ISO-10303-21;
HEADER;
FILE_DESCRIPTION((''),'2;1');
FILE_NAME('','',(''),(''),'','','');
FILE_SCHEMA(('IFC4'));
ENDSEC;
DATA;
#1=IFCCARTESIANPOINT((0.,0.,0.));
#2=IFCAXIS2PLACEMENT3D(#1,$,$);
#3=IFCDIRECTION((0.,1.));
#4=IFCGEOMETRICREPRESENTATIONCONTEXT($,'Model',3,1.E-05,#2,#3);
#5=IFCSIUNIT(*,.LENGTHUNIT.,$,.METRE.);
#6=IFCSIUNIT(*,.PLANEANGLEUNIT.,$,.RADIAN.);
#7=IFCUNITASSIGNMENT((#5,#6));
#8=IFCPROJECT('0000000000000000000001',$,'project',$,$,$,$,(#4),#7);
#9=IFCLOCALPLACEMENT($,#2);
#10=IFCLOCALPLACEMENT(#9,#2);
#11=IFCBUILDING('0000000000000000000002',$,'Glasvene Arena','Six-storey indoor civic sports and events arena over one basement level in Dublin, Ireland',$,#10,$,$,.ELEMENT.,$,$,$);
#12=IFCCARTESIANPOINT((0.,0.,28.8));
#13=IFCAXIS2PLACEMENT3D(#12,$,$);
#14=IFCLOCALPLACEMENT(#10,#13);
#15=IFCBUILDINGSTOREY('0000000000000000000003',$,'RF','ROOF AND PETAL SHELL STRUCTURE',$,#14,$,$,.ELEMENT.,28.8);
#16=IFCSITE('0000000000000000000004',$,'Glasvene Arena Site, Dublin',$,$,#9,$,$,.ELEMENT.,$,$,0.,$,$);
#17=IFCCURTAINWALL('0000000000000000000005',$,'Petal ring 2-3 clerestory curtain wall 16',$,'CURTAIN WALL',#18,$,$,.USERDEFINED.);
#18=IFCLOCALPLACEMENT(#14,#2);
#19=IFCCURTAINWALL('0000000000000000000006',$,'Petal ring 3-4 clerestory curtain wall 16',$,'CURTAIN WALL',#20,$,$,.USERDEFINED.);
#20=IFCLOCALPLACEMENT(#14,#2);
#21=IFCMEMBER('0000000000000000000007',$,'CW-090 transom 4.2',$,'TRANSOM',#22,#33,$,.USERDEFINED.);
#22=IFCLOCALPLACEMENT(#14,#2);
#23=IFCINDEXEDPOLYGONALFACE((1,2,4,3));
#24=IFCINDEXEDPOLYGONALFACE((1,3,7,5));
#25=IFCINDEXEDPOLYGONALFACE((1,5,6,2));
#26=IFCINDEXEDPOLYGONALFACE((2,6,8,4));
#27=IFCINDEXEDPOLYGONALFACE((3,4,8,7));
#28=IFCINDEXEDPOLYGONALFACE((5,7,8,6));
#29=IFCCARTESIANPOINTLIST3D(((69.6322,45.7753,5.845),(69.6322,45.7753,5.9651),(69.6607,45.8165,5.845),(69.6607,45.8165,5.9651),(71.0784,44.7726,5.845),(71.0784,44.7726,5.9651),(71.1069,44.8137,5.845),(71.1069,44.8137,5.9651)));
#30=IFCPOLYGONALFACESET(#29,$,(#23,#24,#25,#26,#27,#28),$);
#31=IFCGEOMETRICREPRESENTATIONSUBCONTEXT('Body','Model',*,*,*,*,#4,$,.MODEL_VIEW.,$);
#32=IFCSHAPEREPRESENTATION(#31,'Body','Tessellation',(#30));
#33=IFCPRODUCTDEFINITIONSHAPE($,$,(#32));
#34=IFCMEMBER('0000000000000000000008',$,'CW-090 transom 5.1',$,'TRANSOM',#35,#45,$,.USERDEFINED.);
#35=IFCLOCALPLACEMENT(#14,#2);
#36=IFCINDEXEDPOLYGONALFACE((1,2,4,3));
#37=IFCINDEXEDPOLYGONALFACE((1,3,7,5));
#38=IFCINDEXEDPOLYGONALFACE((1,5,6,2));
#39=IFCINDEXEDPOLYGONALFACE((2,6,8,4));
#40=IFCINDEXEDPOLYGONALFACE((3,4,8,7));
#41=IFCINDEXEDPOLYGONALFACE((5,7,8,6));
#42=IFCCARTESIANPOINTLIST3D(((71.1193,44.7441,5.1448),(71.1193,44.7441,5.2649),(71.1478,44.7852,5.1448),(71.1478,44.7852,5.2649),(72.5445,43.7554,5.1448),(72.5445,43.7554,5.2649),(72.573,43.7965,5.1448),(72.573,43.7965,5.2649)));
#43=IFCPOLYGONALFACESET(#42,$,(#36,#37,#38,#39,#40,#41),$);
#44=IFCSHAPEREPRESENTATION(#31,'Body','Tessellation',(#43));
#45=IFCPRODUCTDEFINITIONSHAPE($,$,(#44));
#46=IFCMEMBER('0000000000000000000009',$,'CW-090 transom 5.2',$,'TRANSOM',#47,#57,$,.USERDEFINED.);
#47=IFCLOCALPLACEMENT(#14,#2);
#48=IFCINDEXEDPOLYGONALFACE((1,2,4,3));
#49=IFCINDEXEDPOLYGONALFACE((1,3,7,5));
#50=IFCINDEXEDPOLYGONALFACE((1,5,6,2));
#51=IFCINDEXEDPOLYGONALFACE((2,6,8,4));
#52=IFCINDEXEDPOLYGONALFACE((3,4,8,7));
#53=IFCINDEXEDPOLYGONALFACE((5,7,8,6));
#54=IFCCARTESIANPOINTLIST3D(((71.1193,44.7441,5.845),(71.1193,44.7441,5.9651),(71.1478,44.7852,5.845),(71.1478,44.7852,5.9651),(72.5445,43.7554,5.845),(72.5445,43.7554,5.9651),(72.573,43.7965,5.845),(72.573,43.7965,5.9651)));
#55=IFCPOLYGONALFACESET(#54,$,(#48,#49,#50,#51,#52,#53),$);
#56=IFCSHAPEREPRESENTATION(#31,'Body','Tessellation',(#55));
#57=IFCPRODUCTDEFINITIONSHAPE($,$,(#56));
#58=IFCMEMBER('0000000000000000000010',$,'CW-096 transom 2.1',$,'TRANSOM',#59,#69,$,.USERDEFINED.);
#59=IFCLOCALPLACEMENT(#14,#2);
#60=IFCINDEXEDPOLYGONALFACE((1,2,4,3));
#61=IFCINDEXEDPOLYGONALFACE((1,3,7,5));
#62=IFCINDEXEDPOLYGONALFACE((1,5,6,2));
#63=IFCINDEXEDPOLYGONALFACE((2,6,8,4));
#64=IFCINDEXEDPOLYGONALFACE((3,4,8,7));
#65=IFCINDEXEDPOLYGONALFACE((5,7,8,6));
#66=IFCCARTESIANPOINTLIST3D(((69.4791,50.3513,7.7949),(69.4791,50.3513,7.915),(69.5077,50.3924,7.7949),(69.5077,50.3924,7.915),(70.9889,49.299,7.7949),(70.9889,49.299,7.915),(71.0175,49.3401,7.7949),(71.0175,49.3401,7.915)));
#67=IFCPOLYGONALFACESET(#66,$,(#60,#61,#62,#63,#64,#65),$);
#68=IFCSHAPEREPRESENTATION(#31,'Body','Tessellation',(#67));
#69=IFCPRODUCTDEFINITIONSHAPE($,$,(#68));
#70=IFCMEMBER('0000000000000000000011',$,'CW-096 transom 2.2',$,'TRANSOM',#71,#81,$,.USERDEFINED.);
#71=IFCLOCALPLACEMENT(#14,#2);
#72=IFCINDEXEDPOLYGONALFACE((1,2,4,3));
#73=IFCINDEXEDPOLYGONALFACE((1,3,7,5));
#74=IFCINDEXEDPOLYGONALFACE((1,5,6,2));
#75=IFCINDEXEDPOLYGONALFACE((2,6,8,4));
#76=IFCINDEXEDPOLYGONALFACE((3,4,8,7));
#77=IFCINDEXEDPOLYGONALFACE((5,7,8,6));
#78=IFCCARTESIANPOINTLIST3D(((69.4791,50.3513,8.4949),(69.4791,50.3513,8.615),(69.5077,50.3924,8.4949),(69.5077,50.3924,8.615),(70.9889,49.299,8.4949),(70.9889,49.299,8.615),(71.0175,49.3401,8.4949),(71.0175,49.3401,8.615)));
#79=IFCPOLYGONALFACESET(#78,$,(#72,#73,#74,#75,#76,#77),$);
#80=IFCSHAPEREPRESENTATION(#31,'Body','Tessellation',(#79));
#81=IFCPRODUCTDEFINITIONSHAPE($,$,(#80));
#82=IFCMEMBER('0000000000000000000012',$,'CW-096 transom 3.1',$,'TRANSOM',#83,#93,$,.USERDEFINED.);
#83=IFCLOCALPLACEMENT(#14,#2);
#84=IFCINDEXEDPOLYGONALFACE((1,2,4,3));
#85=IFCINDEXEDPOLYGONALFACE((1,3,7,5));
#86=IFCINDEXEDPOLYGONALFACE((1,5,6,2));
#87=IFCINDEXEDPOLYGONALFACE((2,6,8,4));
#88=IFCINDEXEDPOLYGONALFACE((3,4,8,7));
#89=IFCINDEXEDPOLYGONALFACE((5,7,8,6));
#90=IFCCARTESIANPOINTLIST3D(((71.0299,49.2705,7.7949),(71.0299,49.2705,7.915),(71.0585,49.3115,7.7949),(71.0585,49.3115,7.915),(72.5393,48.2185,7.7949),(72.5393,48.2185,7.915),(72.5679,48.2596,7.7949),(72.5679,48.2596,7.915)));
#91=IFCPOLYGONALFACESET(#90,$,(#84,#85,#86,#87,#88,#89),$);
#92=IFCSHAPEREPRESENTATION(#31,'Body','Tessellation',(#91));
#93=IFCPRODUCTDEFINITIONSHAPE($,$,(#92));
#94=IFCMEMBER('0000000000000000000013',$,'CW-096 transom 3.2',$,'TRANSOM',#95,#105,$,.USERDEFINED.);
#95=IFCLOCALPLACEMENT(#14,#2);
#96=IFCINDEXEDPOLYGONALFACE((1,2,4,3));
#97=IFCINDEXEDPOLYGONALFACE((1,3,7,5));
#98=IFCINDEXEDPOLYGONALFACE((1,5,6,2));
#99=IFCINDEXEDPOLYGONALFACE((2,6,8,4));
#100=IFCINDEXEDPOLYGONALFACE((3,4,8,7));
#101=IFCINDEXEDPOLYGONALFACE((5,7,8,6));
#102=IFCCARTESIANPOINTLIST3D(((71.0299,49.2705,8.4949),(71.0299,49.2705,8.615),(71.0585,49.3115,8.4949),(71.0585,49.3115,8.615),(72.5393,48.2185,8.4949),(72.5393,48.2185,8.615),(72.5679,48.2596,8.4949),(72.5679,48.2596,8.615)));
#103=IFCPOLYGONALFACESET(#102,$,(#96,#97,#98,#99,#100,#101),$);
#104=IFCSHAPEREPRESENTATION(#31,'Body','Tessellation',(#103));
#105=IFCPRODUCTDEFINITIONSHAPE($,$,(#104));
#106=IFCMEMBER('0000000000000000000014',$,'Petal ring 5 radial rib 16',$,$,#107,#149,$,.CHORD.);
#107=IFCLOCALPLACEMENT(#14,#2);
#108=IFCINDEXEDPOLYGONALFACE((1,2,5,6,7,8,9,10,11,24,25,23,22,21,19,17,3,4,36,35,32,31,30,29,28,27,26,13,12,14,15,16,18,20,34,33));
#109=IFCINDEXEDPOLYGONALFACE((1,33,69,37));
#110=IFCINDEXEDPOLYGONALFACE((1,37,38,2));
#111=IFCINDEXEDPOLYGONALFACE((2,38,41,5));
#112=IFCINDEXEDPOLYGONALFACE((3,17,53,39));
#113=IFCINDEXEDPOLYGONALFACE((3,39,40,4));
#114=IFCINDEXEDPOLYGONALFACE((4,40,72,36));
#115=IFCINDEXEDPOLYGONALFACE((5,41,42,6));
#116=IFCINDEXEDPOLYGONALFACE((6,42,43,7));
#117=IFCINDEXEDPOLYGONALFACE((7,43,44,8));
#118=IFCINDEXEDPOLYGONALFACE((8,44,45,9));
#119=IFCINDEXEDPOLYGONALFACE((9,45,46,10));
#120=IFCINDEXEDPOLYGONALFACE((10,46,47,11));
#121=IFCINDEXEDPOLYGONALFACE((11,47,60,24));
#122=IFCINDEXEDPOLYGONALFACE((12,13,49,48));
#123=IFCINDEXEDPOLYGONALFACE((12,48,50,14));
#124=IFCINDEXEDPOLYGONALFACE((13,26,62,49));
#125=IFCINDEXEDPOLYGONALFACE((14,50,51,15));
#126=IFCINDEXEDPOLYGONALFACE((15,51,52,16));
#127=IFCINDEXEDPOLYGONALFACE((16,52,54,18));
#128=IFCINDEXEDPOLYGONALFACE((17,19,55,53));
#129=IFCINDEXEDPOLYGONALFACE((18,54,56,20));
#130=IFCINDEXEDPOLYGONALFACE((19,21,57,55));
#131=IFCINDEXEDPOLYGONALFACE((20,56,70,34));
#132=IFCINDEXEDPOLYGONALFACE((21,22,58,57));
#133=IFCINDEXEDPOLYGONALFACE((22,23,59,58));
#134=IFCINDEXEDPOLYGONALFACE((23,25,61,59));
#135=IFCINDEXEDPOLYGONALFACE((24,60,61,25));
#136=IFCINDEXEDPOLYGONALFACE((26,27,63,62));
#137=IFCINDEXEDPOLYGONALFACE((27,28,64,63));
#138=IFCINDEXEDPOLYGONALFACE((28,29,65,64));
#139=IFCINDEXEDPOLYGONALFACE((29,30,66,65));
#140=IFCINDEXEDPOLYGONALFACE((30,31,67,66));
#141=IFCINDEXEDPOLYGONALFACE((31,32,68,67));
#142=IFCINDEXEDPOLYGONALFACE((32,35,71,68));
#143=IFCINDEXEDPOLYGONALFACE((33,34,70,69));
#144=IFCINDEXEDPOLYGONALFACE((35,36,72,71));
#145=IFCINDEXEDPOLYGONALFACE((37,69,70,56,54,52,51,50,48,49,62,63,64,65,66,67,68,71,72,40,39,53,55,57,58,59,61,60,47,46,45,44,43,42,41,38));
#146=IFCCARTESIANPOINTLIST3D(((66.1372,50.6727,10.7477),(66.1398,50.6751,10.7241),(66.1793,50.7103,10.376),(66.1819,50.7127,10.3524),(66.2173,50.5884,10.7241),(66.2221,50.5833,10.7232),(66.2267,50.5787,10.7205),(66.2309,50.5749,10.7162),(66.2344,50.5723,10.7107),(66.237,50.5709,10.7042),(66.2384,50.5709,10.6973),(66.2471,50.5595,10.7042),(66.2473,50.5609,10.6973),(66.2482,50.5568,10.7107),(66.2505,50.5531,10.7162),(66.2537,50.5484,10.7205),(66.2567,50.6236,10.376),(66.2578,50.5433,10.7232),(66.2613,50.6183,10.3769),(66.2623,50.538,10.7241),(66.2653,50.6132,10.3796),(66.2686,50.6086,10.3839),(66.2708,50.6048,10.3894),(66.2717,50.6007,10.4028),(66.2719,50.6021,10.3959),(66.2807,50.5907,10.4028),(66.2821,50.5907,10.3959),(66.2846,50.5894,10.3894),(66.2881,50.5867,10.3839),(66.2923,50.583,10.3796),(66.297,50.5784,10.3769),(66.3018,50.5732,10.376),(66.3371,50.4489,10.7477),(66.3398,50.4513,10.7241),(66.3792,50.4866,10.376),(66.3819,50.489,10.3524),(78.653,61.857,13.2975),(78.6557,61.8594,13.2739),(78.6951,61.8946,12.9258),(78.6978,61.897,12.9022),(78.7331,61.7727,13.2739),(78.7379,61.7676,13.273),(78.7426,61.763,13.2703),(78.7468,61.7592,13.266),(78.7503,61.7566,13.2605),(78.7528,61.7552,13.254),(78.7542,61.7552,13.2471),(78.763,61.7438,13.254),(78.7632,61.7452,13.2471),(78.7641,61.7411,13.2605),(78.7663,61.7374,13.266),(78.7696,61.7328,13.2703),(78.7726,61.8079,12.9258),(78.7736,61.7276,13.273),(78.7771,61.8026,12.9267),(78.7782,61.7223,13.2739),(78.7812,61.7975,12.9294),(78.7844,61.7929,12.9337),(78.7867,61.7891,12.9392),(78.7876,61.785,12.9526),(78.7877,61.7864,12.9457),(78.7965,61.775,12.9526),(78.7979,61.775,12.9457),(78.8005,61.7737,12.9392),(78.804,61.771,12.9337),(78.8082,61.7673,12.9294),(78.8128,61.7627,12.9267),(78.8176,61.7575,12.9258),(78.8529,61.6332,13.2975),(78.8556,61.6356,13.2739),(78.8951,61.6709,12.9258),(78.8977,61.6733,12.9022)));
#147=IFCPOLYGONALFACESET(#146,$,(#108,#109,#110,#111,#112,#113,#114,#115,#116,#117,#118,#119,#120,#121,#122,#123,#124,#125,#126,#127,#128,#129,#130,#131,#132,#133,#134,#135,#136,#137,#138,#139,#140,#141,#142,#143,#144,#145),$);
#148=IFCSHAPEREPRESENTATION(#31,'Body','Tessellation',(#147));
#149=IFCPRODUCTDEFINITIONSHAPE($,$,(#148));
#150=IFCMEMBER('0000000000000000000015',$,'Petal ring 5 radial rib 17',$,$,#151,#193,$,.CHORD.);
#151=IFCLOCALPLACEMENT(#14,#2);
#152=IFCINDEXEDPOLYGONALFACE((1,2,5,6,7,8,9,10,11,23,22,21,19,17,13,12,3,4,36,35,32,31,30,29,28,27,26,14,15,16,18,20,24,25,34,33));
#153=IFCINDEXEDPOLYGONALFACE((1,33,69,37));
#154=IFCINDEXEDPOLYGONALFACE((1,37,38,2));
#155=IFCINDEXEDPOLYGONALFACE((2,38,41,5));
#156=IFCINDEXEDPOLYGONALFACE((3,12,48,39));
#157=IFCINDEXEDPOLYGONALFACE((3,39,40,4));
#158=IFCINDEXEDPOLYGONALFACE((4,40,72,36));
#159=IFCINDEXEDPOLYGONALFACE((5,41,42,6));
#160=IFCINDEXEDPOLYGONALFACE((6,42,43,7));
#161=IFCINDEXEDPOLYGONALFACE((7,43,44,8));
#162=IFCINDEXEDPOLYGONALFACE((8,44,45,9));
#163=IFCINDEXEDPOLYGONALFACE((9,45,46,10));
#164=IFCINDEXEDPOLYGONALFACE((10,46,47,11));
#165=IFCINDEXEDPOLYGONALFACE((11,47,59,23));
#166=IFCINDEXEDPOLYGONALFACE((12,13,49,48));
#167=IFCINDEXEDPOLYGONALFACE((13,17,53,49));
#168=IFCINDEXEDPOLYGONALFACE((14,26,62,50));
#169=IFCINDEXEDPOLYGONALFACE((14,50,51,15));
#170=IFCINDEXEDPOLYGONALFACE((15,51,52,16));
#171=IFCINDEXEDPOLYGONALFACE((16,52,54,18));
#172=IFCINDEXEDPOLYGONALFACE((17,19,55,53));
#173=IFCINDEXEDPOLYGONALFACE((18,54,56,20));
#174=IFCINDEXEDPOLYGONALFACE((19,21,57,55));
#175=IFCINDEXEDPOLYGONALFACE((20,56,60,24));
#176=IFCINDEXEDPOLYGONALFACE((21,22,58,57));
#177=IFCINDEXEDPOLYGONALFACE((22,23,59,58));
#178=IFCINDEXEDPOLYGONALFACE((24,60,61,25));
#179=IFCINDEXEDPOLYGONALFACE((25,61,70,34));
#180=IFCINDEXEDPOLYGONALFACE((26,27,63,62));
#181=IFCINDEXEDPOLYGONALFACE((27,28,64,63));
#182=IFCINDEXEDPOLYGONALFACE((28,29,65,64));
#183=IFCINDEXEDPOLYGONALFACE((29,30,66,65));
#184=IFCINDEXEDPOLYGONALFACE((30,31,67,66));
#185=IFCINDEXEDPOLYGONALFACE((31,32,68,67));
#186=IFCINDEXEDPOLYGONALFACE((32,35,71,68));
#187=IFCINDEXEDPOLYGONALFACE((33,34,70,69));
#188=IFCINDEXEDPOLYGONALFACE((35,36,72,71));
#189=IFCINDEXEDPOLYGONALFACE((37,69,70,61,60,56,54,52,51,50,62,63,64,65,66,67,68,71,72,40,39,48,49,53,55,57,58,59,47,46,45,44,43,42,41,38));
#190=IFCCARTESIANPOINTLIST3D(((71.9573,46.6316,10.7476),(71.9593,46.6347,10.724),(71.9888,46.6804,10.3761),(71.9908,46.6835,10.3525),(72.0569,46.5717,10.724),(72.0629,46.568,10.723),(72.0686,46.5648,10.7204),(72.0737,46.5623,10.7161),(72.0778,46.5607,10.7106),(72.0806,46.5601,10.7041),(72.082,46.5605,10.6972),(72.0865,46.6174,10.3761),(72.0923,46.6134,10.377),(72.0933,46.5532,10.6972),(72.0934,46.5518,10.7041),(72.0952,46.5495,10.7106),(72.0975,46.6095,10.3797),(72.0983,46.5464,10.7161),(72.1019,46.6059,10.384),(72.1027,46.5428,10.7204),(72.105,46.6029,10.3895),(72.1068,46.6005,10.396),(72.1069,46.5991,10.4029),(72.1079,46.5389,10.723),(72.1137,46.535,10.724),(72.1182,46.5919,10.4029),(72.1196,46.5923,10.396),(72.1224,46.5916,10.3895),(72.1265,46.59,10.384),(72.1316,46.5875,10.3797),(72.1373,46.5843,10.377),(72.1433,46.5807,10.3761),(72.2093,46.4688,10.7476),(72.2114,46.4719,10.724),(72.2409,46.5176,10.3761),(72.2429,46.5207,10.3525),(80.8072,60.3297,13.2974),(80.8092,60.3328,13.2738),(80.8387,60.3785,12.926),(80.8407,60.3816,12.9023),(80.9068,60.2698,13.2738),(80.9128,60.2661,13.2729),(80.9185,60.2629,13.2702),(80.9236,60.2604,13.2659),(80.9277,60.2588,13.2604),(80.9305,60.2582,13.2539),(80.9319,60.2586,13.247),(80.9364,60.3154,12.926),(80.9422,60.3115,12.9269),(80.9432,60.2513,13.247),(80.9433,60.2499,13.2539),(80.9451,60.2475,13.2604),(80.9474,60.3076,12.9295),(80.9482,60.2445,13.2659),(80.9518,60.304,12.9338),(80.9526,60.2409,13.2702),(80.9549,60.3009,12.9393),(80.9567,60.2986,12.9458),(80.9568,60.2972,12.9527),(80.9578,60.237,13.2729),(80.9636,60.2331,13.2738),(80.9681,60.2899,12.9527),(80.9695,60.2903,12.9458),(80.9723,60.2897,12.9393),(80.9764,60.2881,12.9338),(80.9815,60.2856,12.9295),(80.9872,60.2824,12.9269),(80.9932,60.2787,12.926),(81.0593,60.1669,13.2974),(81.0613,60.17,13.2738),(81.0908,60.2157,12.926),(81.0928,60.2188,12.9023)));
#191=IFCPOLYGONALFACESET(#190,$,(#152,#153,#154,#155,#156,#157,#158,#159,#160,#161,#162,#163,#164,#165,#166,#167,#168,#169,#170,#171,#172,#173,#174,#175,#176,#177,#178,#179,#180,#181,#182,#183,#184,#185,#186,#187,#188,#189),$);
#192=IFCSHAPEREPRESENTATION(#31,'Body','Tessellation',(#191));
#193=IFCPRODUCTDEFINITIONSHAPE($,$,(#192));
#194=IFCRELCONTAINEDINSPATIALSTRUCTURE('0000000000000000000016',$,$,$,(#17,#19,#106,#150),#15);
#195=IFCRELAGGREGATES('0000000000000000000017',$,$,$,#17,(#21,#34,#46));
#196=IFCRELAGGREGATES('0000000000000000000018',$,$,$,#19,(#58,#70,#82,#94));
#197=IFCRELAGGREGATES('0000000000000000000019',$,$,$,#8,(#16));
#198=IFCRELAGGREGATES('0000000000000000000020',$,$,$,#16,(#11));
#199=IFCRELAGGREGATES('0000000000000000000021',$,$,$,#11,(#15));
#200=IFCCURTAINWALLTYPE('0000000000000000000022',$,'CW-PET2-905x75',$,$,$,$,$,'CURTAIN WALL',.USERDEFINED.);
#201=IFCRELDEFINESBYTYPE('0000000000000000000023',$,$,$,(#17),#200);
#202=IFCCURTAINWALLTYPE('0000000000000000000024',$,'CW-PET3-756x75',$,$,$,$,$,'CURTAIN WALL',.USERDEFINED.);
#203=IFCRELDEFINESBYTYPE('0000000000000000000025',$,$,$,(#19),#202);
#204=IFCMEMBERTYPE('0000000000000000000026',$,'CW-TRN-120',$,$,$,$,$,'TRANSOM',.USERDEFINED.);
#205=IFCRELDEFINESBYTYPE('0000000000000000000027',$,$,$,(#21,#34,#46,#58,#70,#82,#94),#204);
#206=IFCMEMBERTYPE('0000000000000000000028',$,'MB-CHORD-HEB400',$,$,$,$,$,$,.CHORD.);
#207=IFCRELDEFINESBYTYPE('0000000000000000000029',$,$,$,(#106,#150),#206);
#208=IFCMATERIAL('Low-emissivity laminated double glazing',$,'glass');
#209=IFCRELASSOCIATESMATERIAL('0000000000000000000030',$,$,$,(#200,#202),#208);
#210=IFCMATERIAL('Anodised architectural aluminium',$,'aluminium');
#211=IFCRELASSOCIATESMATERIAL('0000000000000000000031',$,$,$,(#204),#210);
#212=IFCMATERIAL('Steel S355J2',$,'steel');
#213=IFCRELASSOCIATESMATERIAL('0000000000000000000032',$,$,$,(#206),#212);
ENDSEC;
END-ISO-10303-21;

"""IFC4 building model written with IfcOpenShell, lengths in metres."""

from ifc_helpers import new_model, si_unit, direction, frame, origin, origin_2d, place, context, subcontext, project, spatial, rectangle, i_section, extrude, material, material_profile, profile_set, type_object, element, aggregate, save


model = new_model("IFC4")

# Units and contexts
model_context = context("Model", 3, precision=1e-05, world=origin(), true_north=direction((0.0, 1.0)))
body_context = subcontext(model_context, "Body", "Model", "MODEL_VIEW")
ifc_project = project(units=[si_unit("LENGTHUNIT", "METRE"), si_unit("PLANEANGLEUNIT", "RADIAN")], contexts=[model_context])

# Site, building, storey
site_placement = place(None, origin())
site = spatial("IfcSite", under=ifc_project, at=site_placement, Name="Glasvene Arena Site, Dublin", CompositionType="ELEMENT", RefElevation=0.0)
building_placement = place(site_placement, origin())
building = spatial("IfcBuilding", under=site, at=building_placement, Name="Glasvene Arena", Description="Six-storey indoor civic sports and events arena over one basement level in Dublin, Ireland", CompositionType="ELEMENT")
storey_placement = place(building_placement, frame((0.0, 0.0, 28.8)))
storey = spatial("IfcBuildingStorey", under=building, at=storey_placement, Name="RF", Description="ROOF AND PETAL SHELL STRUCTURE", CompositionType="ELEMENT", Elevation=28.8)

# Shared definitions
ifc_material_1 = material(Name="Low-emissivity laminated double glazing", Category="glass")
ifc_material_2 = material(Name="Anodised architectural aluminium", Category="aluminium")

# Curtain walls
curtain_wall_type_1 = type_object("IfcCurtainWallType", Name="CW-PET2-905x75", ElementType="CURTAIN WALL", PredefinedType="USERDEFINED", material=ifc_material_1)
curtain_wall_1_placement = place(storey_placement, frame((65.1648, 48.9043, 0.0)))
curtain_wall_1 = element("IfcCurtainWall", 1, at=curtain_wall_1_placement, inside=storey, type_object=curtain_wall_type_1, Name="Petal ring 2-3 clerestory curtain wall 16", ObjectType="CURTAIN WALL", PredefinedType="USERDEFINED")
curtain_wall_type_2 = type_object("IfcCurtainWallType", Name="CW-PET3-756x75", ElementType="CURTAIN WALL", PredefinedType="USERDEFINED", material=ifc_material_1)
curtain_wall_2_placement = place(storey_placement, frame((67.9221, 51.4668, 0.0)))
curtain_wall_2 = element("IfcCurtainWall", 2, at=curtain_wall_2_placement, inside=storey, type_object=curtain_wall_type_2, Name="Petal ring 3-4 clerestory curtain wall 16", ObjectType="CURTAIN WALL", PredefinedType="USERDEFINED")

# Members
ifc_material_profile_1 = material_profile(ifc_material_2, rectangle(XDim=0.05, YDim=0.1201, at=origin_2d()), Name="ALU TRANSOM 50x120")
ifc_profile_set_1 = profile_set([ifc_material_profile_1], Name="Anodised architectural aluminium")
member_type_1 = type_object("IfcMemberType", Name="CW-TRN-120", ElementType="TRANSOM", PredefinedType="USERDEFINED", material=ifc_profile_set_1)
member_1_placement = place(storey_placement, frame((69.6465, 45.7959, 5.905), z_axis=(0.821772, -0.569816, 0.0), x_axis=(0.569816, 0.821772, 0.0)))
member_1 = element("IfcMember", 3, at=member_1_placement, type_object=member_type_1, Name="CW-090 transom 4.2", ObjectType="TRANSOM", PredefinedType="USERDEFINED", context=body_context, shape_type="SweptSolid", body=[
    extrude(rectangle(XDim=0.05, YDim=0.1201, at=origin_2d()), origin(), (0.0, 0.0, 1.0), 1.7598),
])
member_2_placement = place(storey_placement, frame((71.1335, 44.7646, 5.2048), z_axis=(0.821645, -0.57, 0.0), x_axis=(0.57, 0.821645, 0.0)))
member_2 = element("IfcMember", 4, at=member_2_placement, type_object=member_type_1, Name="CW-090 transom 5.1", ObjectType="TRANSOM", PredefinedType="USERDEFINED", context=body_context, shape_type="SweptSolid", body=[
    extrude(rectangle(XDim=0.05, YDim=0.1201, at=origin_2d()), origin(), (0.0, 0.0, 1.0), 1.7346),
])
member_3_placement = place(storey_placement, frame((71.1335, 44.7646, 5.905), z_axis=(0.821645, -0.57, 0.0), x_axis=(0.57, 0.821645, 0.0)))
member_3 = element("IfcMember", 5, at=member_3_placement, type_object=member_type_1, Name="CW-090 transom 5.2", ObjectType="TRANSOM", PredefinedType="USERDEFINED", context=body_context, shape_type="SweptSolid", body=[
    extrude(rectangle(XDim=0.05, YDim=0.1201, at=origin_2d()), origin(), (0.0, 0.0, 1.0), 1.7346),
])
member_4_placement = place(storey_placement, frame((69.4934, 50.3718, 7.855), z_axis=(0.820402, -0.571787, 0.0), x_axis=(0.571787, 0.820402, 0.0)))
member_4 = element("IfcMember", 6, at=member_4_placement, type_object=member_type_1, Name="CW-096 transom 2.1", ObjectType="TRANSOM", PredefinedType="USERDEFINED", context=body_context, shape_type="SweptSolid", body=[
    extrude(rectangle(XDim=0.05, YDim=0.1201, at=origin_2d()), origin(), (0.0, 0.0, 1.0), 1.8403),
])
member_5_placement = place(storey_placement, frame((69.4934, 50.3718, 8.5549), z_axis=(0.820402, -0.571787, 0.0), x_axis=(0.571787, 0.820402, 0.0)))
member_5 = element("IfcMember", 7, at=member_5_placement, type_object=member_type_1, Name="CW-096 transom 2.2", ObjectType="TRANSOM", PredefinedType="USERDEFINED", context=body_context, shape_type="SweptSolid", body=[
    extrude(rectangle(XDim=0.05, YDim=0.1201, at=origin_2d()), origin(), (0.0, 0.0, 1.0), 1.8403),
])
member_6_placement = place(storey_placement, frame((71.0442, 49.291, 7.855), z_axis=(0.820421, -0.57176, 0.0), x_axis=(0.57176, 0.820421, 0.0)))
member_6 = element("IfcMember", 8, at=member_6_placement, type_object=member_type_1, Name="CW-096 transom 3.1", ObjectType="TRANSOM", PredefinedType="USERDEFINED", context=body_context, shape_type="SweptSolid", body=[
    extrude(rectangle(XDim=0.05, YDim=0.1201, at=origin_2d()), origin(), (0.0, 0.0, 1.0), 1.8398),
])
member_7_placement = place(storey_placement, frame((71.0442, 49.291, 8.5549), z_axis=(0.820421, -0.57176, 0.0), x_axis=(0.57176, 0.820421, 0.0)))
member_7 = element("IfcMember", 9, at=member_7_placement, type_object=member_type_1, Name="CW-096 transom 3.2", ObjectType="TRANSOM", PredefinedType="USERDEFINED", context=body_context, shape_type="SweptSolid", body=[
    extrude(rectangle(XDim=0.05, YDim=0.1201, at=origin_2d()), origin(), (0.0, 0.0, 1.0), 1.8398),
])

# Members
ifc_material_3 = material(Name="Steel S355J2", Category="steel")
ifc_material_profile_2 = material_profile(ifc_material_3, i_section(OverallWidth=0.3, OverallDepth=0.3999, WebThickness=0.0134, FlangeThickness=0.0239, FilletRadius=0.0271, at=origin_2d()), Name="HEB 400")
ifc_profile_set_2 = profile_set([ifc_material_profile_2], Name="Steel S355J2")
member_type_2 = type_object("IfcMemberType", Name="MB-CHORD-HEB400", PredefinedType="CHORD", material=ifc_profile_set_2)
member_8_placement = place(storey_placement, frame((66.2595, 50.5808, 10.55), z_axis=(0.737201, 0.658771, 0.150187), x_axis=(-0.666329, 0.745658, 0.0)))
element("IfcMember", 10, at=member_8_placement, inside=storey, type_object=member_type_2, Name="Petal ring 5 radial rib 16", PredefinedType="CHORD", context=body_context, shape_type="SweptSolid", body=[
    extrude(i_section(OverallWidth=0.3, OverallDepth=0.3999, WebThickness=0.0134, FlangeThickness=0.0239, FilletRadius=0.0271, at=origin_2d()), origin(), (0.0, 0.0, 1.0), 16.9775),
])
member_9_placement = place(storey_placement, frame((72.1001, 46.5762, 10.55), z_axis=(0.536151, 0.829867, 0.154475), x_axis=(-0.839949, 0.542665, 0.0)))
element("IfcMember", 11, at=member_9_placement, inside=storey, type_object=member_type_2, Name="Petal ring 5 radial rib 17", PredefinedType="CHORD", context=body_context, shape_type="SweptSolid", body=[
    extrude(i_section(OverallWidth=0.3, OverallDepth=0.3999, WebThickness=0.0134, FlangeThickness=0.0239, FilletRadius=0.0271, at=origin_2d()), origin(), (0.0, 0.0, 1.0), 16.5063),
])

aggregate(curtain_wall_1, [member_1, member_2, member_3])
aggregate(curtain_wall_2, [member_4, member_5, member_6, member_7])

save(model, "model.ifc")
